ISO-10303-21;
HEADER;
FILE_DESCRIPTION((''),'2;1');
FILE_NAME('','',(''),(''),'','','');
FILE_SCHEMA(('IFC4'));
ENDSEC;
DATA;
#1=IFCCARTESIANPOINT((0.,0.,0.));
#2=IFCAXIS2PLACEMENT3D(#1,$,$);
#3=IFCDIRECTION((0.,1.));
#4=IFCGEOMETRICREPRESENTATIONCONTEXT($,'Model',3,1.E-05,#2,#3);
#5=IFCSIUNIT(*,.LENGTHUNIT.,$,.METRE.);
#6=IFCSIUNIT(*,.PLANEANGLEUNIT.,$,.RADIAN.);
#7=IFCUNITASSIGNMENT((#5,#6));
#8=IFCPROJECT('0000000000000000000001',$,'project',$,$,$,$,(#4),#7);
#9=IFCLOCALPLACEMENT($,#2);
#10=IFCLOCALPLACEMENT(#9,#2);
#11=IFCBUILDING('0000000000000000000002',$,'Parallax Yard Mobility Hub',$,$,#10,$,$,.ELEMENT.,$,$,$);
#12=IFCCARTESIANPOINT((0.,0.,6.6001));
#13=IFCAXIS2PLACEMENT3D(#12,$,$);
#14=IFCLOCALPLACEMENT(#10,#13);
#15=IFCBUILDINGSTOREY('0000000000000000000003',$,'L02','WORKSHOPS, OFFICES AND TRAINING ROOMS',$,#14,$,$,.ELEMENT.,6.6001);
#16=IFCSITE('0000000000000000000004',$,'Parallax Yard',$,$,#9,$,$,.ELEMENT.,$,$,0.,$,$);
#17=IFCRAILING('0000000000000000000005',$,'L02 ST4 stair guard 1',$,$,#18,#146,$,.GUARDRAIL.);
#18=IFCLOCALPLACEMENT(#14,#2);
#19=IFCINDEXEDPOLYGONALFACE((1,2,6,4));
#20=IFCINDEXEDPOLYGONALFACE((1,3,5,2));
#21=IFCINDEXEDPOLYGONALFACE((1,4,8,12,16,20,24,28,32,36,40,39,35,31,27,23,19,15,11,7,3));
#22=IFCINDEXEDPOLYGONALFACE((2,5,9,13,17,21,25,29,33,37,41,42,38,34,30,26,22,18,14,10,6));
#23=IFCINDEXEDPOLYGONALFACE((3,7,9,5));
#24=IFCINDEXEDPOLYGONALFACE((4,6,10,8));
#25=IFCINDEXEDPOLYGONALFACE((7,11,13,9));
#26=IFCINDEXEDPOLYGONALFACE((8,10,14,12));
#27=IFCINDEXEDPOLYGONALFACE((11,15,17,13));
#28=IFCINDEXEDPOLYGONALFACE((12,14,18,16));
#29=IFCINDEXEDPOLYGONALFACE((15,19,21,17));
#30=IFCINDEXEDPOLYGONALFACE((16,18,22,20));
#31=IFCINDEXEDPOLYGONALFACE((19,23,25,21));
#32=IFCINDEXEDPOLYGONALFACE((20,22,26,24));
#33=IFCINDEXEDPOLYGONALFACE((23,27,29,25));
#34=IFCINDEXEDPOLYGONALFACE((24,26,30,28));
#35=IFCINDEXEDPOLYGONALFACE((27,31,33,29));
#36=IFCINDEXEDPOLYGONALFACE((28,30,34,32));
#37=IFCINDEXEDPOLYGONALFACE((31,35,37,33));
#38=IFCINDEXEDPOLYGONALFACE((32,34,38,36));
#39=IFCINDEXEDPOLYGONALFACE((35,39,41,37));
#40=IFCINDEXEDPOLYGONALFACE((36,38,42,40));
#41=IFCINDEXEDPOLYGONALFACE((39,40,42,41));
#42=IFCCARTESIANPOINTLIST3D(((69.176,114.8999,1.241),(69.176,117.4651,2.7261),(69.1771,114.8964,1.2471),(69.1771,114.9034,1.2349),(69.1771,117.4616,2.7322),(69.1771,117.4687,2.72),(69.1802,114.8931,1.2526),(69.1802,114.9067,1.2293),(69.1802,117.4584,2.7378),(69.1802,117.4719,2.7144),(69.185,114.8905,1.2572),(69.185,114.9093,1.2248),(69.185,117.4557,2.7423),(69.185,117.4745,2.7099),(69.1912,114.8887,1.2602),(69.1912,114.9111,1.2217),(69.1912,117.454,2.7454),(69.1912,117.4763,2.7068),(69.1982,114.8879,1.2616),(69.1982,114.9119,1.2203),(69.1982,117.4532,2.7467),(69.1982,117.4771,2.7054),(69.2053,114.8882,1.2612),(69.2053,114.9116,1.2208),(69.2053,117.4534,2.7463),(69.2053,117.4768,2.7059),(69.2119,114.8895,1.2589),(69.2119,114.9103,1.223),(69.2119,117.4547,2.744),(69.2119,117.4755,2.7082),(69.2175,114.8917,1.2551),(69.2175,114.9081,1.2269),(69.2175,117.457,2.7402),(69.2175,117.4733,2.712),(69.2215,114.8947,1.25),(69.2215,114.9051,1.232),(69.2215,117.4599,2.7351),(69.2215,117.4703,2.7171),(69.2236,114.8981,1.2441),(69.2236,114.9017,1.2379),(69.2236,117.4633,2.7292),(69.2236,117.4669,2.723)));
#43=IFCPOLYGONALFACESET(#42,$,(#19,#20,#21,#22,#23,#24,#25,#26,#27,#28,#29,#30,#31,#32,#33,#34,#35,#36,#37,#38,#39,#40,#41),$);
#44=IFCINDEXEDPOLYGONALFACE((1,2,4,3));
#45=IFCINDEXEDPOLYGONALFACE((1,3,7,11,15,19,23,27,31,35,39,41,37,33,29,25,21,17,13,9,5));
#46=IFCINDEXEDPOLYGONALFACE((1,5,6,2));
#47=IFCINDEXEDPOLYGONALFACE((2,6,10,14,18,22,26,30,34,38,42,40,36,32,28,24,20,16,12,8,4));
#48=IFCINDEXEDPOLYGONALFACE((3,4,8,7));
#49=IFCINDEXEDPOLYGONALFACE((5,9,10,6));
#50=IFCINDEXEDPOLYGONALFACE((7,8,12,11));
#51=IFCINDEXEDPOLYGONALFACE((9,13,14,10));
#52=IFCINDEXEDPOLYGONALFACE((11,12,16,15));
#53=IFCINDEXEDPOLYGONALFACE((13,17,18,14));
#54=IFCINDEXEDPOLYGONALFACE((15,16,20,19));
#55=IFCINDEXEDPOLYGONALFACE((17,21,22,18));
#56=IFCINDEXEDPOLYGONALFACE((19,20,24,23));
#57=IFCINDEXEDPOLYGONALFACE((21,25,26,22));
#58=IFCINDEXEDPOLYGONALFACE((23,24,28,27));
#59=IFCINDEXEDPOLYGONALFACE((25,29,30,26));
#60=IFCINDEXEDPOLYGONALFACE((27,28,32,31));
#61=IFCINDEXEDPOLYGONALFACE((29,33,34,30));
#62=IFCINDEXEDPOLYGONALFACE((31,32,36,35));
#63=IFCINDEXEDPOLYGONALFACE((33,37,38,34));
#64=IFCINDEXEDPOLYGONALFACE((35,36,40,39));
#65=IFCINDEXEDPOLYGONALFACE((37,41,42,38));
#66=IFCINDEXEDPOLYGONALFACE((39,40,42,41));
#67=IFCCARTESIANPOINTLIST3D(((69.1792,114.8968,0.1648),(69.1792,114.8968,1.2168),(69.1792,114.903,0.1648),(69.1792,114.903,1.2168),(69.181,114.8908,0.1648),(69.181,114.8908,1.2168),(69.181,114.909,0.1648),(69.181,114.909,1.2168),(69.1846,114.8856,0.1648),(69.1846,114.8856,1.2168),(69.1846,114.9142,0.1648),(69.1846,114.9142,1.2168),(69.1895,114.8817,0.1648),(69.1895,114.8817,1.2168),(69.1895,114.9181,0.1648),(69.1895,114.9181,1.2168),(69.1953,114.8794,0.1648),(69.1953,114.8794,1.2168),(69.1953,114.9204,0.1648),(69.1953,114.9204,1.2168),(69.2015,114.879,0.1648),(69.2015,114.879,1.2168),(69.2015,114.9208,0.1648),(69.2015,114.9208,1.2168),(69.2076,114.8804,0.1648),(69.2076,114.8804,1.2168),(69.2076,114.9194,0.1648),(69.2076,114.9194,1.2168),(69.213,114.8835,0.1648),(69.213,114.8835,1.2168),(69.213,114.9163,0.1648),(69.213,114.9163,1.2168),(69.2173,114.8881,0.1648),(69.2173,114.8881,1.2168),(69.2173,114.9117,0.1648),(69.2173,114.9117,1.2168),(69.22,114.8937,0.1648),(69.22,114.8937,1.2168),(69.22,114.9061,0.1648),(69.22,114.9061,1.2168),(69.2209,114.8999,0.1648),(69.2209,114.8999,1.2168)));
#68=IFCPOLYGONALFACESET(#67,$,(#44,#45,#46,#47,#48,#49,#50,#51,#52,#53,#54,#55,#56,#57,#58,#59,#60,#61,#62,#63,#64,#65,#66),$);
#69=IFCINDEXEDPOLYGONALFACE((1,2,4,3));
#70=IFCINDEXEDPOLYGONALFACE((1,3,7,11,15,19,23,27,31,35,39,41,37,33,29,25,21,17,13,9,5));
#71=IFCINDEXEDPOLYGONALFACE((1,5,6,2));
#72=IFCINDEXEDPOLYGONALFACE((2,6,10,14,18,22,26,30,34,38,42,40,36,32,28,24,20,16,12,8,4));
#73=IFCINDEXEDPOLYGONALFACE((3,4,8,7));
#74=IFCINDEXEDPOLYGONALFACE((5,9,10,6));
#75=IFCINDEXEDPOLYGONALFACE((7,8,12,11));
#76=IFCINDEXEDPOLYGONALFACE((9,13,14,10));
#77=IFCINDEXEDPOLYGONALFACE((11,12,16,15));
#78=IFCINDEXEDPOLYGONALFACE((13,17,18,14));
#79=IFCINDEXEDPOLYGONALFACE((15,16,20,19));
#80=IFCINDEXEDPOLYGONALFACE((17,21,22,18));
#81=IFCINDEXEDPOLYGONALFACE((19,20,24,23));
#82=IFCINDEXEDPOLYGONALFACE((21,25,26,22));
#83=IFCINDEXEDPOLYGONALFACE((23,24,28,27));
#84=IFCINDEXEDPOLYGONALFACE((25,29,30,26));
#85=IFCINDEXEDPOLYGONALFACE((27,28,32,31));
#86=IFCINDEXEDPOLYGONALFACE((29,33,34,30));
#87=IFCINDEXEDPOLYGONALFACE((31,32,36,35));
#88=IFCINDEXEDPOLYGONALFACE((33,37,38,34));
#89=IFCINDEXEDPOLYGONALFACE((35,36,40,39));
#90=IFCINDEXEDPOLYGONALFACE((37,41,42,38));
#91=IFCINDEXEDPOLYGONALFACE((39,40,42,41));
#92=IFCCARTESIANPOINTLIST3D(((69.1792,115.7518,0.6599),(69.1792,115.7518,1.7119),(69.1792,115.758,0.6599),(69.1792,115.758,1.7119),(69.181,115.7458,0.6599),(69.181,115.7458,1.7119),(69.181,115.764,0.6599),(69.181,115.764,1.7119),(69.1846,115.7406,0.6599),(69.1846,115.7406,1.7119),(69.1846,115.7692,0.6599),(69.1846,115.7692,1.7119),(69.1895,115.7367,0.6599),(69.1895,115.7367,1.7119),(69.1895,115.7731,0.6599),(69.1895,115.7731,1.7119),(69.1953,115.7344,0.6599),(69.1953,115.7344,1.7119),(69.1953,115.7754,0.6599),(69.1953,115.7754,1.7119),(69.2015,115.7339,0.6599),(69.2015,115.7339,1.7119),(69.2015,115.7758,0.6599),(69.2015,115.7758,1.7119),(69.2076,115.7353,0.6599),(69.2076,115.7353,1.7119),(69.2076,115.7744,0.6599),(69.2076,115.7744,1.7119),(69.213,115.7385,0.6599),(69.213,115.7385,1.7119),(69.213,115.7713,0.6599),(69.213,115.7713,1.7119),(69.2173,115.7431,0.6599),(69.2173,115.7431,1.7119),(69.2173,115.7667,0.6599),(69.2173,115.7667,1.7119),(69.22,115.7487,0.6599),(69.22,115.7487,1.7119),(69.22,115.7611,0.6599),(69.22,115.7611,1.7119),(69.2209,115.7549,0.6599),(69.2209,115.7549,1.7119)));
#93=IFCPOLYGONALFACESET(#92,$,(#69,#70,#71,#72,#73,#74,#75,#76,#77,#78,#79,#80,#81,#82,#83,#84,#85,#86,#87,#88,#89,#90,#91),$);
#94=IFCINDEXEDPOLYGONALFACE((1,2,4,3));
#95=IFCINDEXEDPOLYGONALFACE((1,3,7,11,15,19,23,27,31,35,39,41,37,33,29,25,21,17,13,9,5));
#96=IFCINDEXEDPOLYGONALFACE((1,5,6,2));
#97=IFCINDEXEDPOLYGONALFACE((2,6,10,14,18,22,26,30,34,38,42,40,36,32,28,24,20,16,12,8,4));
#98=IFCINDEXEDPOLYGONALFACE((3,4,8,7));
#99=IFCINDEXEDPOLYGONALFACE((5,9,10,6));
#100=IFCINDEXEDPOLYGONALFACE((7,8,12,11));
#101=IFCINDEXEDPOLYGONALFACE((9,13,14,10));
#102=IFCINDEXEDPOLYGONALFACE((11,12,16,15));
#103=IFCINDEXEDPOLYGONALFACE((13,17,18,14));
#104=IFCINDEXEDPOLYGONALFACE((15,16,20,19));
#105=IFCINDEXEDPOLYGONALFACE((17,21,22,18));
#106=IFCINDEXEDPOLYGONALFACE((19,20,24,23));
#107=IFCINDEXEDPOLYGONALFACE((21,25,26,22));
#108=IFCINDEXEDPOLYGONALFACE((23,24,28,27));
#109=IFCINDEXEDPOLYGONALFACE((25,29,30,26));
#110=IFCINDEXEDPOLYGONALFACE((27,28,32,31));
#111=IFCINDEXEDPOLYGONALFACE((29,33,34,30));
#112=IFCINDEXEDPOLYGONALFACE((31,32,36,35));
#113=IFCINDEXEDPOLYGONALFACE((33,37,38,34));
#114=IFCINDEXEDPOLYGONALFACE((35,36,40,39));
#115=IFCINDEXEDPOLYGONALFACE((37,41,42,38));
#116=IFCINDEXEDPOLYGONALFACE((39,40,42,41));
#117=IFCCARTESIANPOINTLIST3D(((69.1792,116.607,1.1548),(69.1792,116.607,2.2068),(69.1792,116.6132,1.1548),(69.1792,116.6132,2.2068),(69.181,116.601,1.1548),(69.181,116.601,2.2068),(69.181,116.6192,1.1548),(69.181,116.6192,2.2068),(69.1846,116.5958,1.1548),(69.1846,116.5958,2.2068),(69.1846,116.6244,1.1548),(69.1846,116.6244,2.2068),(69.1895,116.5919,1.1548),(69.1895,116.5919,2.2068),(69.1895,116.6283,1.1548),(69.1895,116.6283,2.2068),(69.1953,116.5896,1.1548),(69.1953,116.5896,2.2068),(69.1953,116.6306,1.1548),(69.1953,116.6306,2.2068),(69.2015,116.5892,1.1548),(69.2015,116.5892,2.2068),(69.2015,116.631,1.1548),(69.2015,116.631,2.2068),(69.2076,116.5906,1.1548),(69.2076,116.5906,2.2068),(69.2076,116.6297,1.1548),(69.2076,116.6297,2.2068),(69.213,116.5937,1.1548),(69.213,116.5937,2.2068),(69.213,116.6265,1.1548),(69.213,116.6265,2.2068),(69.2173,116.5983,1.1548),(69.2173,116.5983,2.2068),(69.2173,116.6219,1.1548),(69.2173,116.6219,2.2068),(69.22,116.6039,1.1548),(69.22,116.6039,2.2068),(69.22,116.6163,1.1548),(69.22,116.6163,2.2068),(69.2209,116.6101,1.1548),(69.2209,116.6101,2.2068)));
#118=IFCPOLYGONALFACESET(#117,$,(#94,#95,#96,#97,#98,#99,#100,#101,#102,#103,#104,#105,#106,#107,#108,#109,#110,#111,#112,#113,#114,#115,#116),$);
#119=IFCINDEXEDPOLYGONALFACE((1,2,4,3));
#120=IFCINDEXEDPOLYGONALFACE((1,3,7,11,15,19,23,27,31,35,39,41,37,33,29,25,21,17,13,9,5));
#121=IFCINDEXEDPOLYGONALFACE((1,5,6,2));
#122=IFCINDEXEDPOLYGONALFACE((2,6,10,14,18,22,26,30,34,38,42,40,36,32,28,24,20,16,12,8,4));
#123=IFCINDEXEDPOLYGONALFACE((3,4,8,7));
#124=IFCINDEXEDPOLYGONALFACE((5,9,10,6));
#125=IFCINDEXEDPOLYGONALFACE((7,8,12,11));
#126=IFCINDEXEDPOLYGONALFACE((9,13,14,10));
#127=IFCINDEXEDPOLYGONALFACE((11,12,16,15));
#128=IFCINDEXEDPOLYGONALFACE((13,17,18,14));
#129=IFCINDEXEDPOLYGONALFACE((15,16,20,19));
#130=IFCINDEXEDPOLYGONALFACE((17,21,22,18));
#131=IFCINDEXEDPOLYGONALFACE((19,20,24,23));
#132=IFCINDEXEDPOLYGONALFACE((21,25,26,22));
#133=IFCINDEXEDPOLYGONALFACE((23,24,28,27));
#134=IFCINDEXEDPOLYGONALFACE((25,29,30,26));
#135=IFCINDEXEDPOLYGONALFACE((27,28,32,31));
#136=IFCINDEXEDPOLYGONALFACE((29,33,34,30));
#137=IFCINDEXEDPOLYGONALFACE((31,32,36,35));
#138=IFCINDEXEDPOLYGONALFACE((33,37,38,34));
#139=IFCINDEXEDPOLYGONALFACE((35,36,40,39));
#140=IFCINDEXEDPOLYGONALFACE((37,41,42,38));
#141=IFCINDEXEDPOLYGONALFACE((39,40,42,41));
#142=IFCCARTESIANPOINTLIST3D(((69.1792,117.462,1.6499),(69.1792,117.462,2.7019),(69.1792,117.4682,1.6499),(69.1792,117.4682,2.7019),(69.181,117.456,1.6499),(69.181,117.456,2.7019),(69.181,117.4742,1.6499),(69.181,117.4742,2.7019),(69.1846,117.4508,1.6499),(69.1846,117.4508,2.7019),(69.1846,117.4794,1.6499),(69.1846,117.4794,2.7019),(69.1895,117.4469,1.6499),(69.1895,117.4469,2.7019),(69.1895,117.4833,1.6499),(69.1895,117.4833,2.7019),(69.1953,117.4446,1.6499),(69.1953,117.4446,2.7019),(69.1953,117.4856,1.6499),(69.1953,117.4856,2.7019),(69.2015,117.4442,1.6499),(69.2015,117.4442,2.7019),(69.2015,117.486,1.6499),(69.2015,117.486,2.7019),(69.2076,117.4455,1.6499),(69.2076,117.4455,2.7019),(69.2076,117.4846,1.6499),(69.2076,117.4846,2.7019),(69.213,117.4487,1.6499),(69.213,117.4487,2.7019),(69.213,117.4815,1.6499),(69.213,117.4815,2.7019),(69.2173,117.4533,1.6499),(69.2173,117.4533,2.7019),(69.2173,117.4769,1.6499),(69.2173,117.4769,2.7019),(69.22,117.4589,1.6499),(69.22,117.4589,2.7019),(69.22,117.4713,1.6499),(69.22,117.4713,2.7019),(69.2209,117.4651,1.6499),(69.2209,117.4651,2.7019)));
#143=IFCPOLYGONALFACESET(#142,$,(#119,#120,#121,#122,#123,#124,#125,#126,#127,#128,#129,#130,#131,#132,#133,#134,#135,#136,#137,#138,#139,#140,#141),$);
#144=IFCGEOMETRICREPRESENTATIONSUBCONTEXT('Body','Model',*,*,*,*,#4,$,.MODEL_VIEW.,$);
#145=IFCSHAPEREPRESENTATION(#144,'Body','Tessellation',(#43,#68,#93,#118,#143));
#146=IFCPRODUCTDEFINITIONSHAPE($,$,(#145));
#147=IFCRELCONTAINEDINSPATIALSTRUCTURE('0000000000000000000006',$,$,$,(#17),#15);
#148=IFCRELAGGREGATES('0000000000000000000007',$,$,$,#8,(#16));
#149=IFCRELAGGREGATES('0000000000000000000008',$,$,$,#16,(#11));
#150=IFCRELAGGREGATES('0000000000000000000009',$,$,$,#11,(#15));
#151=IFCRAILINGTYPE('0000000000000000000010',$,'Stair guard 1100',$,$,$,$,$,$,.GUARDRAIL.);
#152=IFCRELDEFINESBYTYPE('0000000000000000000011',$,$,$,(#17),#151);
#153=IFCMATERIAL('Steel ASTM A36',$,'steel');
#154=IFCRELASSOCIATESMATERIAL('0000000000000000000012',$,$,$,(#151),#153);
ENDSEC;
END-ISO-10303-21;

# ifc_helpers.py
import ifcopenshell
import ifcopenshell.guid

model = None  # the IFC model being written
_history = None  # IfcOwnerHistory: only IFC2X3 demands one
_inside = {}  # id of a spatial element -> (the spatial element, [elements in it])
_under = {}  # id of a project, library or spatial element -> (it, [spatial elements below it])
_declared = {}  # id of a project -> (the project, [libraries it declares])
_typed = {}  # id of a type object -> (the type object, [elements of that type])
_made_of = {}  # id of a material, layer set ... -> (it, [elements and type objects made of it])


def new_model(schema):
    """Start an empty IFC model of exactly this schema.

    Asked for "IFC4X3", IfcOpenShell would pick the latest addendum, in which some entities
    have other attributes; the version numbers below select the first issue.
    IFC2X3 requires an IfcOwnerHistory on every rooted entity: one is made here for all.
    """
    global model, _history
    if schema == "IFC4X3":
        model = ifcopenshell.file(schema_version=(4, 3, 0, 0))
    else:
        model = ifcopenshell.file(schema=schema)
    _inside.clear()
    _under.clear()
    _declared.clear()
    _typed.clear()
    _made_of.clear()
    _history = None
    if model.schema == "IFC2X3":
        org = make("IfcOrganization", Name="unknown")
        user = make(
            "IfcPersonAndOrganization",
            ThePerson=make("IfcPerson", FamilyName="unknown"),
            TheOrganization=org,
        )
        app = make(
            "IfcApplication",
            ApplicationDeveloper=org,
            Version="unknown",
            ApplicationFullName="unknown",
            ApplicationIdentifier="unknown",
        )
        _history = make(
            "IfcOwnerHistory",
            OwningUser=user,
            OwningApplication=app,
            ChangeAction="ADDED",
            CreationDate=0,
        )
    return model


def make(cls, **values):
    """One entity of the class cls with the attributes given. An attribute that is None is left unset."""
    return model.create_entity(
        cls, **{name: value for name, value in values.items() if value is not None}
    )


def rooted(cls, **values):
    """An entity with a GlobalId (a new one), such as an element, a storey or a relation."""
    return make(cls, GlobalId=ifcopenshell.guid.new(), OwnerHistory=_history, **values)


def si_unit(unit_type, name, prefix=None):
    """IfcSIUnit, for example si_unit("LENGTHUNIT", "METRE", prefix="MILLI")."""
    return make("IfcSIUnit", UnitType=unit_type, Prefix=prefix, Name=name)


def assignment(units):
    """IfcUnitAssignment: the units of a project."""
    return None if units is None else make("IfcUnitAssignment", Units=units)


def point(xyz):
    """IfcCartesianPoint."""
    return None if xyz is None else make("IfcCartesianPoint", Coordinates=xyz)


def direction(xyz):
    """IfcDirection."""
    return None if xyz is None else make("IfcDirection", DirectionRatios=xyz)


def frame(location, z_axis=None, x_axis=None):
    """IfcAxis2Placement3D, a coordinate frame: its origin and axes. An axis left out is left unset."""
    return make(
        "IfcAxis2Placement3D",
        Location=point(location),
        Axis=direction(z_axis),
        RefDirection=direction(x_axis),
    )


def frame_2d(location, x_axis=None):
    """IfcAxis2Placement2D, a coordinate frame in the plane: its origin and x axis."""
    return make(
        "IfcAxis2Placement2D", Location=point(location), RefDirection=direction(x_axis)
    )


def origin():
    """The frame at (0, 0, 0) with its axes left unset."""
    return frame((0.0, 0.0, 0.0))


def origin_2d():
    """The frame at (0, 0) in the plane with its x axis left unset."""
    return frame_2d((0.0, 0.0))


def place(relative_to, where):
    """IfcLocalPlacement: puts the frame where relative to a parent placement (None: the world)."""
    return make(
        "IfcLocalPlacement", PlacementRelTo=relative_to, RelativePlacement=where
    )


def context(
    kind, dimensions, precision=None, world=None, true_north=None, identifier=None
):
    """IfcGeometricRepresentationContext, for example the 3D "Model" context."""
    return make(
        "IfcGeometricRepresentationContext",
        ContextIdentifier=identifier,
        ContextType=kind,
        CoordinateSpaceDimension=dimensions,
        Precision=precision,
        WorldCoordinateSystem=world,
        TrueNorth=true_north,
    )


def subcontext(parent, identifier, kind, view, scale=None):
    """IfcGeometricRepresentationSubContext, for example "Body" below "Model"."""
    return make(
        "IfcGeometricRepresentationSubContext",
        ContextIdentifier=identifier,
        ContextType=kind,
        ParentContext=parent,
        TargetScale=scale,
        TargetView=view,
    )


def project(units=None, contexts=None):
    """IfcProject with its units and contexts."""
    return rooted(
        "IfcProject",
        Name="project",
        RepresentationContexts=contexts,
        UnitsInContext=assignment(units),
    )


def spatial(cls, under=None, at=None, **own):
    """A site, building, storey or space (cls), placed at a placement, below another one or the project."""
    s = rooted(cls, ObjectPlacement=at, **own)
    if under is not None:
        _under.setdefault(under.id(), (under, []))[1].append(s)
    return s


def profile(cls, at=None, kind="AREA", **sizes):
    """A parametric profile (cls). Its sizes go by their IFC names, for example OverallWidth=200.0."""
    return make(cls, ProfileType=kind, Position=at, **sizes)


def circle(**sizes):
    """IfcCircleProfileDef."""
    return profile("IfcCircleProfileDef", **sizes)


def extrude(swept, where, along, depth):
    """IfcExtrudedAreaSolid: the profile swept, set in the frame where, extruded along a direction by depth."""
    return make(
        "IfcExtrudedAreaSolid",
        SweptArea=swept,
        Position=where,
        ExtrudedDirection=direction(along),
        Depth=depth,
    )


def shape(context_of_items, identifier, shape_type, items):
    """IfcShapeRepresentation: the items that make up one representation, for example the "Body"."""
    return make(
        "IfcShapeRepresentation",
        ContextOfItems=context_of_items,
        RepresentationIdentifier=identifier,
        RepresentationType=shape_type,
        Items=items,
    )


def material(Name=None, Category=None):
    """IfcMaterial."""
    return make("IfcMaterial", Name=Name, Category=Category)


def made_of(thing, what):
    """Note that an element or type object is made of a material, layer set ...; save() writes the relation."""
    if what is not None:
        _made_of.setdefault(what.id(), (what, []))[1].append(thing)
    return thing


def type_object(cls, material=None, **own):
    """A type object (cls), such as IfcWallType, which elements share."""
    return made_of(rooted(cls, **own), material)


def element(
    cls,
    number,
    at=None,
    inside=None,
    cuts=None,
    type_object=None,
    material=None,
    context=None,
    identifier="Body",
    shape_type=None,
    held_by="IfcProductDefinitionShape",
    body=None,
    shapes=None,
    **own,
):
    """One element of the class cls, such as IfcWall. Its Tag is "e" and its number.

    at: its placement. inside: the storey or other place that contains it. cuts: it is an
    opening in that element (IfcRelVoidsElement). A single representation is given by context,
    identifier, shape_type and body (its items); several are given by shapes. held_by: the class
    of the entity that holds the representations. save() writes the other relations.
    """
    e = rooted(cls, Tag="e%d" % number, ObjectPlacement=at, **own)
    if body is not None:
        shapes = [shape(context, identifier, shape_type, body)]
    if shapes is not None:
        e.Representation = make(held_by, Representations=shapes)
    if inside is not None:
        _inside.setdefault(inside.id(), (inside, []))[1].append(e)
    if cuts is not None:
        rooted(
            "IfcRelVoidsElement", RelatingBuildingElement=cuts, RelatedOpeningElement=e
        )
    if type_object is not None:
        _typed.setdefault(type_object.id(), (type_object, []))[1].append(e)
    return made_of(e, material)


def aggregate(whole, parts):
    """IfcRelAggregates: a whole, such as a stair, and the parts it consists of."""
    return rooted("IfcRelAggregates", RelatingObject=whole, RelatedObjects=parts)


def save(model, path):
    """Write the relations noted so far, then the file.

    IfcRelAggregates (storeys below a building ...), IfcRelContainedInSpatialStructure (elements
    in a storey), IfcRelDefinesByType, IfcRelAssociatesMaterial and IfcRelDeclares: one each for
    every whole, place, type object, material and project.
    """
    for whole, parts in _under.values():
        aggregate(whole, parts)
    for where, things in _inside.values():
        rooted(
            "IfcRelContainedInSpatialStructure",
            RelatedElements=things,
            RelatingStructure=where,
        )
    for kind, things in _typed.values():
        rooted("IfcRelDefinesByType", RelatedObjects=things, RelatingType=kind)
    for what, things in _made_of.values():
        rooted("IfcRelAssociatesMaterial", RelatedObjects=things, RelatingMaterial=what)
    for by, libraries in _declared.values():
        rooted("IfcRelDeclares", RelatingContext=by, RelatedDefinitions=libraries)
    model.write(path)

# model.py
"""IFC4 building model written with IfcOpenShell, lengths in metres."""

from ifc_helpers import new_model, si_unit, direction, frame, origin, origin_2d, place, context, subcontext, project, spatial, circle, extrude, material, type_object, element, save


model = new_model("IFC4")

# Units and contexts
model_context = context("Model", 3, precision=1e-05, world=origin(), true_north=direction((0.0, 1.0)))
body_context = subcontext(model_context, "Body", "Model", "MODEL_VIEW")
ifc_project = project(units=[si_unit("LENGTHUNIT", "METRE"), si_unit("PLANEANGLEUNIT", "RADIAN")], contexts=[model_context])

# Site, building, storey
site_placement = place(None, origin())
site = spatial("IfcSite", under=ifc_project, at=site_placement, Name="Parallax Yard", CompositionType="ELEMENT", RefElevation=0.0)
building_placement = place(site_placement, origin())
building = spatial("IfcBuilding", under=site, at=building_placement, Name="Parallax Yard Mobility Hub", CompositionType="ELEMENT")
storey_placement = place(building_placement, frame((0.0, 0.0, 6.6001)))
storey = spatial("IfcBuildingStorey", under=building, at=storey_placement, Name="L02", Description="WORKSHOPS, OFFICES AND TRAINING ROOMS", CompositionType="ELEMENT", Elevation=6.6001)

# Railing
ifc_material_1 = material(Name="Steel ASTM A36", Category="steel")
railing_type_1 = type_object("IfcRailingType", Name="Stair guard 1100", PredefinedType="GUARDRAIL", material=ifc_material_1)
railing_1_placement = place(storey_placement, frame((69.2, 114.8999, 0.1648)))
element("IfcRailing", 1, at=railing_1_placement, inside=storey, type_object=railing_type_1, Name="L02 ST4 stair guard 1", PredefinedType="GUARDRAIL", context=body_context, shape_type="SweptSolid", body=[
    extrude(circle(Radius=0.0239, at=origin_2d()), frame((0.0, 0.0, 1.0762), z_axis=(0.0, 0.865426, 0.501036), x_axis=(-1.0, 0.0, 0.0)), (0.0, 0.0, 1.0), 2.9641),
    extrude(circle(Radius=0.021, at=origin_2d()), origin(), (0.0, 0.0, 1.0), 1.052),
    extrude(circle(Radius=0.021, at=origin_2d()), frame((0.0, 0.855, 0.4951)), (0.0, 0.0, 1.0), 1.052),
    extrude(circle(Radius=0.021, at=origin_2d()), frame((0.0, 1.7102, 0.99)), (0.0, 0.0, 1.0), 1.052),
    extrude(circle(Radius=0.021, at=origin_2d()), frame((0.0, 2.5652, 1.4851)), (0.0, 0.0, 1.0), 1.052),
])

save(model, "model.ifc")
